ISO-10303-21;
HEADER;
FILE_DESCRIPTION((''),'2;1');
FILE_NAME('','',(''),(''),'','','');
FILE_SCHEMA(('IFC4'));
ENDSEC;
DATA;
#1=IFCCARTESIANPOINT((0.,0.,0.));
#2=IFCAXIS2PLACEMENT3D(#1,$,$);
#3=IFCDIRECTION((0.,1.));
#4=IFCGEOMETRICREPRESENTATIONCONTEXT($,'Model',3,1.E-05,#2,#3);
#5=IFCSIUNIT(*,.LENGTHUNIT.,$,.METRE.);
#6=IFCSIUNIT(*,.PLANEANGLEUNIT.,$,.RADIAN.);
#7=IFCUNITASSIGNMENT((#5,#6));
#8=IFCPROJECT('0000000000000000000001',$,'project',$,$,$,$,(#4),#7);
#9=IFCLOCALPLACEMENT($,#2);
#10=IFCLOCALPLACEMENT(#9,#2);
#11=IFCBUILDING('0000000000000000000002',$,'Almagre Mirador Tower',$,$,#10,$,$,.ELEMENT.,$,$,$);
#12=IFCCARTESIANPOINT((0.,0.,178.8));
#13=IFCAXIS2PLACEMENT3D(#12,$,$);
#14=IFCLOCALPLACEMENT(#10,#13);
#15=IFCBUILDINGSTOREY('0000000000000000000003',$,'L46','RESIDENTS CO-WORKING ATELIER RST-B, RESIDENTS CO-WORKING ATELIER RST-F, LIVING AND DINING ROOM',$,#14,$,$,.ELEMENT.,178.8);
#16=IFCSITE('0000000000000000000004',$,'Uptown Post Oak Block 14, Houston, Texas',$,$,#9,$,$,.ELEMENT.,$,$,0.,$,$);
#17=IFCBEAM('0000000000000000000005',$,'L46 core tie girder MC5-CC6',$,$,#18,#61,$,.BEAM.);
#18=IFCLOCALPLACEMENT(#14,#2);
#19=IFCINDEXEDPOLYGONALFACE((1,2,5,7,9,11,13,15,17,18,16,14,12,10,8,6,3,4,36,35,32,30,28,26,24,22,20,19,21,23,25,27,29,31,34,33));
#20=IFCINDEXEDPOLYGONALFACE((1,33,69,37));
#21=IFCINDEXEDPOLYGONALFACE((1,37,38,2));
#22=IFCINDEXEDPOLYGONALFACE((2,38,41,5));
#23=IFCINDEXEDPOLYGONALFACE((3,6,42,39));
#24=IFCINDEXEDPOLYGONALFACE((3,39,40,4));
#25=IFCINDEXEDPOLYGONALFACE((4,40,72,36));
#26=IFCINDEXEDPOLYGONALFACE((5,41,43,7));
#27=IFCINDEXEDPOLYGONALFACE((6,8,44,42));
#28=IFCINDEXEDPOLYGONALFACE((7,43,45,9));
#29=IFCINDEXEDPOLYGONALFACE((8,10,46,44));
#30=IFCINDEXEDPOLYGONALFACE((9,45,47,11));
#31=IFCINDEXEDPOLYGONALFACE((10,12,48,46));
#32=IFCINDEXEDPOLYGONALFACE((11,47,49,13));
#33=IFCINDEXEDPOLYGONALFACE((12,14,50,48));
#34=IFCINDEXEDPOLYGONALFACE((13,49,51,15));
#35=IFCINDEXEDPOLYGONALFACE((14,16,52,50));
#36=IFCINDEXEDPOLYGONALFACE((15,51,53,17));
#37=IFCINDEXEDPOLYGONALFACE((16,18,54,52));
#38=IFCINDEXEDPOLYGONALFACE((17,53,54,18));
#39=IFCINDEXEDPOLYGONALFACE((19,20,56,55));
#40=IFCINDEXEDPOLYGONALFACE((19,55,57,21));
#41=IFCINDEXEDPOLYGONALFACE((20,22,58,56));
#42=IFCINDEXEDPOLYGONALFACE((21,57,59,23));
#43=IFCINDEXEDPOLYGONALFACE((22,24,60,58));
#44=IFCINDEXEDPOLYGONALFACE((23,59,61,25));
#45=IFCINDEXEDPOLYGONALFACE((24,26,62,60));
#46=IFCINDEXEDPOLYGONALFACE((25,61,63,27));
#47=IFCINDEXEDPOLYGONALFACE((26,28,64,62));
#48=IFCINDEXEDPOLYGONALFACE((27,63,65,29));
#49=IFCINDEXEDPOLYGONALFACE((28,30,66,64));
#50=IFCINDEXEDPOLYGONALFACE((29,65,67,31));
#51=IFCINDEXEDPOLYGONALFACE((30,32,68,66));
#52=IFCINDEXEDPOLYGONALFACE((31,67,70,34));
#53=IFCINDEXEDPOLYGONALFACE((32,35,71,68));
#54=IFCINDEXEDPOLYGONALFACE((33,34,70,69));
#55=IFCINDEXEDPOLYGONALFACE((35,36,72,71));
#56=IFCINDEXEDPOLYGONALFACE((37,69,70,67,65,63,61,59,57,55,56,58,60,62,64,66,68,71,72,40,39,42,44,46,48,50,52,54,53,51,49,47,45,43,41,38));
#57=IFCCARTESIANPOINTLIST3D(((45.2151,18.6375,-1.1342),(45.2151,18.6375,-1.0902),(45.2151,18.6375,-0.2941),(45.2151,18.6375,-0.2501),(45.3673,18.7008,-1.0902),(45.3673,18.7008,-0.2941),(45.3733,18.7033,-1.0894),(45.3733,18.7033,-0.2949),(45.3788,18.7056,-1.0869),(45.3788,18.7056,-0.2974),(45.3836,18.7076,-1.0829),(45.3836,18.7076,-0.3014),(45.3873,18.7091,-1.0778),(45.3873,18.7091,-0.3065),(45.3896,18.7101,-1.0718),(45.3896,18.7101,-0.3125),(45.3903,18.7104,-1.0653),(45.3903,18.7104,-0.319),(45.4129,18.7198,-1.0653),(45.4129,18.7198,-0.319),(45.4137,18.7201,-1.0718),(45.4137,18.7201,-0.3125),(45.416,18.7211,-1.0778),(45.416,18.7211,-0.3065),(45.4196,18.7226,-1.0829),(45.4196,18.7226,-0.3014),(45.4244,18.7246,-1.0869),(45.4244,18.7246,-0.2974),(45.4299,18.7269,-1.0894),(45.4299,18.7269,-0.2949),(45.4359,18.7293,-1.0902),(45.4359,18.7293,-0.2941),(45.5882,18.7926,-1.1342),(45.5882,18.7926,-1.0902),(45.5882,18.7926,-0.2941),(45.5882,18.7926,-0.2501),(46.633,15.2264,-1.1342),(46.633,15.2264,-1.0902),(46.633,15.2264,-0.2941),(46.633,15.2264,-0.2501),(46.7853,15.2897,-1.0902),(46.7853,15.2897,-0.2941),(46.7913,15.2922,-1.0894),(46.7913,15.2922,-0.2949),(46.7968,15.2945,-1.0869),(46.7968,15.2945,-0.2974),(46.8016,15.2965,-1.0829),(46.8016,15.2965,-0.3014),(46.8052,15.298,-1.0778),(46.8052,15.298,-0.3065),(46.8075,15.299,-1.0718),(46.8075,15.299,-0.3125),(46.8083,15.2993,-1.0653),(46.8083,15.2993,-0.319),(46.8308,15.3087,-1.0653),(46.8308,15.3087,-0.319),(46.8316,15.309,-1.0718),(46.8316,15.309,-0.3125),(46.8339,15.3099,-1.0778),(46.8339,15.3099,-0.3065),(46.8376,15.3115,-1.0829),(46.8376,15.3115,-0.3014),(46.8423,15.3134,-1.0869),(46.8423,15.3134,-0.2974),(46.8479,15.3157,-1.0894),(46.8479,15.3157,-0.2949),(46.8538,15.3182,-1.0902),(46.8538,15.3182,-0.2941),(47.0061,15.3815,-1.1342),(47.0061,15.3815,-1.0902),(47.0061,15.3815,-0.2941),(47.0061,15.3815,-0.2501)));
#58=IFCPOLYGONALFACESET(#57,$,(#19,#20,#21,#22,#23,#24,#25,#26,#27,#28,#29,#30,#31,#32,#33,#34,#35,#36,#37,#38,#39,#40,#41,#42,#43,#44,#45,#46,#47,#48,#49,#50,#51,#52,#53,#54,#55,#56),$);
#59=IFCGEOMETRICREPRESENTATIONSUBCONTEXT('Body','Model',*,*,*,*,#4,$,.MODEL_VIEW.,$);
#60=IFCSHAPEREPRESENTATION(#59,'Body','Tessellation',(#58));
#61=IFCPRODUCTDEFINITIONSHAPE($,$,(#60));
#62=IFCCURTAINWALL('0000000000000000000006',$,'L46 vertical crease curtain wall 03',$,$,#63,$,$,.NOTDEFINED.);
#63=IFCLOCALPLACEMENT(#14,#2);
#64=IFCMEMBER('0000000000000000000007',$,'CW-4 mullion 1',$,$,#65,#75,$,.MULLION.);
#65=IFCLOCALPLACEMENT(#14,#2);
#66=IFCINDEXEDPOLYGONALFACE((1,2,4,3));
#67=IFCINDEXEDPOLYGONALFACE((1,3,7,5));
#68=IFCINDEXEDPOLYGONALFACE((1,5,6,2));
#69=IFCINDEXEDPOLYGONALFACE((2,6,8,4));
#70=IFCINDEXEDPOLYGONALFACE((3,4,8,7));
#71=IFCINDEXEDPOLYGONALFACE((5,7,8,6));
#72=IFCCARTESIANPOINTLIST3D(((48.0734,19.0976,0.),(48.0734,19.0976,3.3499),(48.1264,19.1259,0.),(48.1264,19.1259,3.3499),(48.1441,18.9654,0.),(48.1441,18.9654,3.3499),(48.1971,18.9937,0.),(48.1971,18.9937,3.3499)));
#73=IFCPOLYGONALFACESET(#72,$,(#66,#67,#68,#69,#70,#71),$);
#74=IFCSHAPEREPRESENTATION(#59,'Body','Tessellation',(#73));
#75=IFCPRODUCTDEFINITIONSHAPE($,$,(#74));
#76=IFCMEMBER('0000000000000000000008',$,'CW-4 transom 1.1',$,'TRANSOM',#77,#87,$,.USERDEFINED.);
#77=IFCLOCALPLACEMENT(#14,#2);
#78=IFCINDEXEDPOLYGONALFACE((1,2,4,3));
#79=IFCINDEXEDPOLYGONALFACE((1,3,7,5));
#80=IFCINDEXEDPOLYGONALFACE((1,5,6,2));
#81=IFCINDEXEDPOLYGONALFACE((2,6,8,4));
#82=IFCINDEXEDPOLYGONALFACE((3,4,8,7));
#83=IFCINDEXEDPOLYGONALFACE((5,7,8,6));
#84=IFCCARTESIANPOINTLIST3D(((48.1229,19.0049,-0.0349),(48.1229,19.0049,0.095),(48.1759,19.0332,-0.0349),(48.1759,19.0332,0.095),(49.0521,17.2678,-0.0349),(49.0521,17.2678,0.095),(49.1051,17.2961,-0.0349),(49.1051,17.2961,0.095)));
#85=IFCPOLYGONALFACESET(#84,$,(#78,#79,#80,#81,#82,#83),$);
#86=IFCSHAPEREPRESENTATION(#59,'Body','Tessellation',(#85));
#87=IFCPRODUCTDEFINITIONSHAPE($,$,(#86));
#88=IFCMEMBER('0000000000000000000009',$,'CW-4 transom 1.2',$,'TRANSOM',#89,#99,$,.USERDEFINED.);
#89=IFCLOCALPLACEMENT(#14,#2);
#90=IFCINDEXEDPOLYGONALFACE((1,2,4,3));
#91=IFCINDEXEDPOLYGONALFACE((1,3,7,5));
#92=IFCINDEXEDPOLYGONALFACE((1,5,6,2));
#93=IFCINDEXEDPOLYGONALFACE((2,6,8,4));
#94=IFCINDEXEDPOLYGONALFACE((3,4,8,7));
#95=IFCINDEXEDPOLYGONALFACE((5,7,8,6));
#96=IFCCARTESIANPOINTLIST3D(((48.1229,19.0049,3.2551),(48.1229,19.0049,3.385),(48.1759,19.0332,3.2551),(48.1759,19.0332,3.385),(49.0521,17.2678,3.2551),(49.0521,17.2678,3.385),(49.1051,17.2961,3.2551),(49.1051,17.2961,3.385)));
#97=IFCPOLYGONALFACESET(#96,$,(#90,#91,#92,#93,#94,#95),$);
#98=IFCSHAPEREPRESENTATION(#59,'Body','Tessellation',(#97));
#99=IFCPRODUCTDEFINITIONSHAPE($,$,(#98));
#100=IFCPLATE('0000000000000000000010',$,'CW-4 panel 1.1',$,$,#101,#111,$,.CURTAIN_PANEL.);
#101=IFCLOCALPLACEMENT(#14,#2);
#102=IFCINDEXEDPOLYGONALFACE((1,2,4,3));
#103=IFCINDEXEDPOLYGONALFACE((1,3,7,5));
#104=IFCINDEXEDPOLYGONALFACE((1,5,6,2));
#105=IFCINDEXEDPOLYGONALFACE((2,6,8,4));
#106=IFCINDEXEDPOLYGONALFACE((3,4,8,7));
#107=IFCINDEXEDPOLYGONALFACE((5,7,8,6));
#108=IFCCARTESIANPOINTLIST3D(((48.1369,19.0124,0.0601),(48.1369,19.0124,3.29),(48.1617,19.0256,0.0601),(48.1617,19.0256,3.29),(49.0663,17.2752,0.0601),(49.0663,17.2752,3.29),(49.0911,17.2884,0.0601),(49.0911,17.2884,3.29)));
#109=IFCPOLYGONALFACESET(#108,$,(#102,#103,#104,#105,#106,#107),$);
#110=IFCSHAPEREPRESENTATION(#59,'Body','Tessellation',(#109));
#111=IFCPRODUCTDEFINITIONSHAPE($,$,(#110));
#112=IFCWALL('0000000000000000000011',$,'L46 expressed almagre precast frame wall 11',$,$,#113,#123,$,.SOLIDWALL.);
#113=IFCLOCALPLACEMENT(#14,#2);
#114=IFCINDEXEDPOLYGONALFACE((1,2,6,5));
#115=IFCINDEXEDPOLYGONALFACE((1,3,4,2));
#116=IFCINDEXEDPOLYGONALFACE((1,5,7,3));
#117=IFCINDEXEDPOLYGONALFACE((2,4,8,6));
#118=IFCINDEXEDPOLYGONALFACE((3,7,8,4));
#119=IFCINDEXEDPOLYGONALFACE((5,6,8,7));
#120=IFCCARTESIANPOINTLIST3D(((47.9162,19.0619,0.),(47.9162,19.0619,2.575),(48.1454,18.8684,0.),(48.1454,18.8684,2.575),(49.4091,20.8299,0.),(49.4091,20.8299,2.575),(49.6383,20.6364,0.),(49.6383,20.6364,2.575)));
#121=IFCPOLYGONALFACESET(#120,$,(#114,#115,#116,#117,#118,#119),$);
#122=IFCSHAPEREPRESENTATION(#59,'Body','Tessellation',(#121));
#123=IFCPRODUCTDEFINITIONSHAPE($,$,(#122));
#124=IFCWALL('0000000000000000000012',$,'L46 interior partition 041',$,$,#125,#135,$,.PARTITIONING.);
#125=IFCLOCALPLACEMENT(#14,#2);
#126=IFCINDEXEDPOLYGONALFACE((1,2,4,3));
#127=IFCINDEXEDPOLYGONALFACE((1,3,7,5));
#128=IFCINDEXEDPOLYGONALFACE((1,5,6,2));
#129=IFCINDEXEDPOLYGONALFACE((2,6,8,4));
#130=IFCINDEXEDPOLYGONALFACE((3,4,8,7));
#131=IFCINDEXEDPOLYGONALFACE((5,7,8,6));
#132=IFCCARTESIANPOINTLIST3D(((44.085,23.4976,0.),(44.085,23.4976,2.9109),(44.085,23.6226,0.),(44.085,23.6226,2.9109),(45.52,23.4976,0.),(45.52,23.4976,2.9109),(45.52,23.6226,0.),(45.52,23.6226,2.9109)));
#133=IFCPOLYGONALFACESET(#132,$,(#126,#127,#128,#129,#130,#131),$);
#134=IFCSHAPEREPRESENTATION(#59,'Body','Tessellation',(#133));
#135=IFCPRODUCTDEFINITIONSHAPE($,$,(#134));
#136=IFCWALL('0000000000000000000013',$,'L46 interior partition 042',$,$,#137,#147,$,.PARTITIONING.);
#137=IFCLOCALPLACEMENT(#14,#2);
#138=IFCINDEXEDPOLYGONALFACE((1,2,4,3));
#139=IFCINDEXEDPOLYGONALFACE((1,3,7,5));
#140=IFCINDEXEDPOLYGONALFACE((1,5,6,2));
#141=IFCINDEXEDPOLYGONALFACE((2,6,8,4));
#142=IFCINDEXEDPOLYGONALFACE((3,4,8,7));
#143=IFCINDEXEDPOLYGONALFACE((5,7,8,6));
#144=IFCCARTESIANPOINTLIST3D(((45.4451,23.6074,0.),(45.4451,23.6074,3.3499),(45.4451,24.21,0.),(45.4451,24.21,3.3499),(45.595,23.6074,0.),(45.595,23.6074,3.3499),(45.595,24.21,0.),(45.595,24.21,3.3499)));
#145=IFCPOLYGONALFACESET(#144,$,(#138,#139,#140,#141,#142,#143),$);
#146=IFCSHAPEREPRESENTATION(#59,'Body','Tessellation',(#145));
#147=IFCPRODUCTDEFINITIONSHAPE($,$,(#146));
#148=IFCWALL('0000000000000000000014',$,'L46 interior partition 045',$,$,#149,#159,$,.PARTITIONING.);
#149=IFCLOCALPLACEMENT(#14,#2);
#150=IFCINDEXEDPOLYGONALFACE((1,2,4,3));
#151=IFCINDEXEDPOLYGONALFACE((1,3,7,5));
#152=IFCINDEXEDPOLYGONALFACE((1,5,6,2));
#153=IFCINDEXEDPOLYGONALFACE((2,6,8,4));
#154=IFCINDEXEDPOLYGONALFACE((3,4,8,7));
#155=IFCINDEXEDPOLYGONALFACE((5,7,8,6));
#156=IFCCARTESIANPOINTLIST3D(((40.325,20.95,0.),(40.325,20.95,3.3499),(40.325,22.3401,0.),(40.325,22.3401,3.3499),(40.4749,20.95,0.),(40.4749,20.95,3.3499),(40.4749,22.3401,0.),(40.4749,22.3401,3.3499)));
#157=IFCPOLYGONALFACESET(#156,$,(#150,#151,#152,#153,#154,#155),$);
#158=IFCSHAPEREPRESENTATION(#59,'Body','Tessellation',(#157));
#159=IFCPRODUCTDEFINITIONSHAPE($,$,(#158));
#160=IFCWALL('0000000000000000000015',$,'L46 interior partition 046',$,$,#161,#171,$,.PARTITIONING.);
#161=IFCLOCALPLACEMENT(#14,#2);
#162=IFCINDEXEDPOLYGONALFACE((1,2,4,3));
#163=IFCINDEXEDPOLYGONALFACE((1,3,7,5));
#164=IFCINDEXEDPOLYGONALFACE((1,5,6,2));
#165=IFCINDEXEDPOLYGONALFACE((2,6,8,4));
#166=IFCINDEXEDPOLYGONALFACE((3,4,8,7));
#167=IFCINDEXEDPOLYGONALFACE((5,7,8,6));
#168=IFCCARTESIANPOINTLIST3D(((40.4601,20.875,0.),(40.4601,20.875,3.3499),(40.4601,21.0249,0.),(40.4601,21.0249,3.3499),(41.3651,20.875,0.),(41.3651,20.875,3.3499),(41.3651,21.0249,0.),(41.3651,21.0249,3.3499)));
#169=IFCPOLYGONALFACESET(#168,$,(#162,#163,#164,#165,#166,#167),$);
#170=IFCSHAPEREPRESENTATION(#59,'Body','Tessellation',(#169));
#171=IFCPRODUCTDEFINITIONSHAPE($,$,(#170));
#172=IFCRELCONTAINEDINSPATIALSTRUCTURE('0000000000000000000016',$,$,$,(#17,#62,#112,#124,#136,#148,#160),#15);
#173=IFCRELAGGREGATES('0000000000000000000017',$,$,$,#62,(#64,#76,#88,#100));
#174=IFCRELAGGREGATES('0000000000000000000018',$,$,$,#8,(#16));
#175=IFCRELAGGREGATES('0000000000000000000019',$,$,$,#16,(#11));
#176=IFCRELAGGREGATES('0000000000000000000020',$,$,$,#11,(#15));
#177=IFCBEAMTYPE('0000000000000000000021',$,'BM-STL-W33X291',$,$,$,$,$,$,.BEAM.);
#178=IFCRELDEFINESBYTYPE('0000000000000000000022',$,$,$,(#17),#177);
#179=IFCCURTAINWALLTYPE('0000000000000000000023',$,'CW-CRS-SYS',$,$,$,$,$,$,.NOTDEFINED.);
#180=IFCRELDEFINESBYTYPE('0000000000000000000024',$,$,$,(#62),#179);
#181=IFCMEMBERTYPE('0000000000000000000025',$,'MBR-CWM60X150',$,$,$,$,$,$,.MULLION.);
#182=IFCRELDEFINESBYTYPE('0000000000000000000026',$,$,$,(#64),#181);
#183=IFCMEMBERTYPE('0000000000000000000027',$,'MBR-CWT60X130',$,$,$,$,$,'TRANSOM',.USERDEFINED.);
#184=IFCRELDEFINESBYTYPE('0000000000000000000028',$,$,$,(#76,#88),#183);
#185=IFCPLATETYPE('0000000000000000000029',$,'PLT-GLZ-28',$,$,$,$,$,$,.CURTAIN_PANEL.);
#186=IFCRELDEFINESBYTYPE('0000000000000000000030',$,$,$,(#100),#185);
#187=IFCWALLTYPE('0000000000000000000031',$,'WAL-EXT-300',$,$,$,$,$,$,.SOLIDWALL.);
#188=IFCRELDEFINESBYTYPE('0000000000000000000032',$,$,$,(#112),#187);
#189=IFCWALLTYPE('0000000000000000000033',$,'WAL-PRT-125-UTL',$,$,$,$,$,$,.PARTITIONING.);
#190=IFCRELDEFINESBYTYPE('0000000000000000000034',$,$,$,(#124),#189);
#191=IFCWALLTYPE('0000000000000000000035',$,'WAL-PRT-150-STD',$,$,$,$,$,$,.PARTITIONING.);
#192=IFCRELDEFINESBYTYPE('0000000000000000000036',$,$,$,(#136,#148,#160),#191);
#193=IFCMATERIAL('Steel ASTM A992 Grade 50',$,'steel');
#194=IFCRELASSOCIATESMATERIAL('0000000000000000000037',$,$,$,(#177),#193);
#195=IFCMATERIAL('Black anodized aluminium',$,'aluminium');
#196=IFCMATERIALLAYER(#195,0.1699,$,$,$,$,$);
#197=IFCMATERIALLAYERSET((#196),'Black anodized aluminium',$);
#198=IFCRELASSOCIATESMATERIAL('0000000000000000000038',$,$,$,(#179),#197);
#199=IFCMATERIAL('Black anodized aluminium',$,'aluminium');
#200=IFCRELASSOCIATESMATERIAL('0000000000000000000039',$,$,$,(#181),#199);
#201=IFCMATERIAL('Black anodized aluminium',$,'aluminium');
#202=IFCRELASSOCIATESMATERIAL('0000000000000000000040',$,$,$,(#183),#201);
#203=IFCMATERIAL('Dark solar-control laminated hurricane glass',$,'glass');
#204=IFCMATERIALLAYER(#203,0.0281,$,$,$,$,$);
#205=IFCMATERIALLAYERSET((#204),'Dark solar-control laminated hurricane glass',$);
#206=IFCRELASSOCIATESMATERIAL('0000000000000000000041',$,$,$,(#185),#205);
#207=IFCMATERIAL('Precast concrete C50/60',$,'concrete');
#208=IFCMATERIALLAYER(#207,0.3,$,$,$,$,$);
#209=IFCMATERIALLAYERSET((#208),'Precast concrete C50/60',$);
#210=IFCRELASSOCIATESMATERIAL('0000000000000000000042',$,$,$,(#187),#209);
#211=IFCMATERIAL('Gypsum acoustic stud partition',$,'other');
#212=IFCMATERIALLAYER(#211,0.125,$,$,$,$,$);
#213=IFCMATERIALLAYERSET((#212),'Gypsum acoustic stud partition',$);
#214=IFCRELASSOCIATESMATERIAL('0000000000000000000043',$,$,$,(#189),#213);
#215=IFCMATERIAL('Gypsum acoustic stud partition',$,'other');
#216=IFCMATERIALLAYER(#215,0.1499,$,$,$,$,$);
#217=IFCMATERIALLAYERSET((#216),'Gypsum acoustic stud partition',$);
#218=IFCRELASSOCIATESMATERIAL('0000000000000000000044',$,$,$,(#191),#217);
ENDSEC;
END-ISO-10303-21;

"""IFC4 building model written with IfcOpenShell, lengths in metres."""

from ifc_helpers import new_model, si_unit, direction, frame, frame_2d, origin, origin_2d, place, context, subcontext, project, spatial, rectangle, i_section, extrude, material, layer, layer_set, material_profile, profile_set, type_object, element, aggregate, save


model = new_model("IFC4")

# Units and contexts
model_context = context("Model", 3, precision=1e-05, world=origin(), true_north=direction((0.0, 1.0)))
body_context = subcontext(model_context, "Body", "Model", "MODEL_VIEW")
ifc_project = project(units=[si_unit("LENGTHUNIT", "METRE"), si_unit("PLANEANGLEUNIT", "RADIAN")], contexts=[model_context])

# Site, building, storey
site_placement = place(None, origin())
site = spatial("IfcSite", under=ifc_project, at=site_placement, Name="Uptown Post Oak Block 14, Houston, Texas", CompositionType="ELEMENT", RefElevation=0.0)
building_placement = place(site_placement, origin())
building = spatial("IfcBuilding", under=site, at=building_placement, Name="Almagre Mirador Tower", CompositionType="ELEMENT")
storey_placement = place(building_placement, frame((0.0, 0.0, 178.8)))
storey = spatial("IfcBuildingStorey", under=building, at=storey_placement, Name="L46", Description="RESIDENTS CO-WORKING ATELIER RST-B, RESIDENTS CO-WORKING ATELIER RST-F, LIVING AND DINING ROOM", CompositionType="ELEMENT", Elevation=178.8)

# Beam
ifc_material_1 = material(Name="Steel ASTM A992 Grade 50", Category="steel")
ifc_material_profile_1 = material_profile(ifc_material_1, i_section(OverallWidth=0.4041, OverallDepth=0.884, WebThickness=0.0244, FlangeThickness=0.0439, FilletRadius=0.0249, at=origin_2d()), Name="W33X291")
ifc_profile_set_1 = profile_set([ifc_material_profile_1], Name="Steel ASTM A992 Grade 50")
beam_type_1 = type_object("IfcBeamType", Name="BM-STL-W33X291", PredefinedType="BEAM", material=ifc_profile_set_1)
beam_1_placement = place(storey_placement, frame((45.4016, 18.7151, -0.6921), z_axis=(0.383846, -0.923397, 0.0), x_axis=(0.923397, 0.383846, 0.0)))
element("IfcBeam", 1, at=beam_1_placement, inside=storey, type_object=beam_type_1, Name="L46 core tie girder MC5-CC6", PredefinedType="BEAM", context=body_context, shape_type="SweptSolid", body=[
    extrude(i_section(OverallWidth=0.4041, OverallDepth=0.884, WebThickness=0.0244, FlangeThickness=0.0439, FilletRadius=0.0249, at=origin_2d()), origin(), (0.0, 0.0, 1.0), 3.6941),
])

# Curtain wall, members, plate
ifc_material_2 = material(Name="Black anodized aluminium", Category="aluminium")
ifc_layer_1 = layer(ifc_material_2, 0.1699)
ifc_layer_set_1 = layer_set([ifc_layer_1], Name="Black anodized aluminium")
curtain_wall_type = type_object("IfcCurtainWallType", Name="CW-CRS-SYS", PredefinedType="NOTDEFINED", material=ifc_layer_set_1)
curtain_wall_placement = place(storey_placement, origin())
curtain_wall = element("IfcCurtainWall", 2, at=curtain_wall_placement, inside=storey, type_object=curtain_wall_type, Name="L46 vertical crease curtain wall 03", PredefinedType="NOTDEFINED")
ifc_material_3 = material(Name="Black anodized aluminium", Category="aluminium")
ifc_material_profile_2 = material_profile(ifc_material_3, rectangle(XDim=0.0601, YDim=0.1499, at=origin_2d()), Name="CWM60X150")
ifc_profile_set_2 = profile_set([ifc_material_profile_2], Name="Black anodized aluminium")
member_type_1 = type_object("IfcMemberType", Name="MBR-CWM60X150", PredefinedType="MULLION", material=ifc_profile_set_2)
member_1_placement = place(storey_placement, frame((48.1353, 19.0457, 0.0), z_axis=(0.0, 0.0, 1.0), x_axis=(0.881743, 0.47173, 0.0)))
member_1 = element("IfcMember", 3, at=member_1_placement, type_object=member_type_1, Name="CW-4 mullion 1", PredefinedType="MULLION", context=body_context, shape_type="SweptSolid", body=[
    extrude(rectangle(XDim=0.0601, YDim=0.1499, at=origin_2d()), origin(), (0.0, 0.0, 1.0), 3.3499),
])
ifc_material_4 = material(Name="Black anodized aluminium", Category="aluminium")
ifc_material_profile_3 = material_profile(ifc_material_4, rectangle(XDim=0.0601, YDim=0.1299, at=origin_2d()), Name="CWT60X130")
ifc_profile_set_3 = profile_set([ifc_material_profile_3], Name="Black anodized aluminium")
member_type_2 = type_object("IfcMemberType", Name="MBR-CWT60X130", ElementType="TRANSOM", PredefinedType="USERDEFINED", material=ifc_profile_set_3)
member_2_placement = place(storey_placement, frame((48.1494, 19.019, 0.03), z_axis=(0.471681, -0.881769, 0.0), x_axis=(0.881769, 0.471681, 0.0)))
member_2 = element("IfcMember", 4, at=member_2_placement, type_object=member_type_2, Name="CW-4 transom 1.1", ObjectType="TRANSOM", PredefinedType="USERDEFINED", context=body_context, shape_type="SweptSolid", body=[
    extrude(rectangle(XDim=0.0601, YDim=0.1299, at=origin_2d()), origin(), (0.0, 0.0, 1.0), 1.97),
])
member_3_placement = place(storey_placement, frame((48.1494, 19.019, 3.3201), z_axis=(0.471681, -0.881769, 0.0), x_axis=(0.881769, 0.471681, 0.0)))
member_3 = element("IfcMember", 5, at=member_3_placement, type_object=member_type_2, Name="CW-4 transom 1.2", ObjectType="TRANSOM", PredefinedType="USERDEFINED", context=body_context, shape_type="SweptSolid", body=[
    extrude(rectangle(XDim=0.0601, YDim=0.1299, at=origin_2d()), origin(), (0.0, 0.0, 1.0), 1.97),
])
ifc_material_5 = material(Name="Dark solar-control laminated hurricane glass", Category="glass")
ifc_layer_2 = layer(ifc_material_5, 0.0281)
ifc_layer_set_2 = layer_set([ifc_layer_2], Name="Dark solar-control laminated hurricane glass")
plate_type = type_object("IfcPlateType", Name="PLT-GLZ-28", PredefinedType="CURTAIN_PANEL", material=ifc_layer_set_2)
plate_placement = place(storey_placement, frame((48.614, 18.1504, 0.0601), z_axis=(0.0, 0.0, 1.0), x_axis=(0.47173, -0.881743, 0.0)))
plate = element("IfcPlate", 6, at=plate_placement, type_object=plate_type, Name="CW-4 panel 1.1", PredefinedType="CURTAIN_PANEL", context=body_context, shape_type="SweptSolid", body=[
    extrude(rectangle(XDim=1.9702, YDim=0.0281, at=origin_2d()), origin(), (0.0, 0.0, 1.0), 3.23),
])
aggregate(curtain_wall, [member_1, member_2, member_3, plate])

# Walls
ifc_material_6 = material(Name="Precast concrete C50/60", Category="concrete")
ifc_layer_3 = layer(ifc_material_6, 0.3)
ifc_layer_set_3 = layer_set([ifc_layer_3], Name="Precast concrete C50/60")
wall_type_1 = type_object("IfcWallType", Name="WAL-EXT-300", PredefinedType="SOLIDWALL", material=ifc_layer_set_3)
wall_1_placement = place(storey_placement, frame((49.5237, 20.7332, 0.0), z_axis=(0.0, 0.0, 1.0), x_axis=(-0.645152, -0.764054, 0.0)))
element("IfcWall", 7, at=wall_1_placement, inside=storey, type_object=wall_type_1, Name="L46 expressed almagre precast frame wall 11", PredefinedType="SOLIDWALL", context=body_context, shape_type="SweptSolid", body=[
    extrude(rectangle(XDim=2.314, YDim=0.3, at=frame_2d((1.157, 0.0))), origin(), (0.0, 0.0, 1.0), 2.575),
])
ifc_material_7 = material(Name="Gypsum acoustic stud partition", Category="other")
ifc_layer_4 = layer(ifc_material_7, 0.125)
ifc_layer_set_4 = layer_set([ifc_layer_4], Name="Gypsum acoustic stud partition")
wall_type_2 = type_object("IfcWallType", Name="WAL-PRT-125-UTL", PredefinedType="PARTITIONING", material=ifc_layer_set_4)
wall_2_placement = place(storey_placement, frame((45.52, 23.5601, 0.0), z_axis=(0.0, 0.0, 1.0), x_axis=(-1.0, 0.0, 0.0)))
element("IfcWall", 8, at=wall_2_placement, inside=storey, type_object=wall_type_2, Name="L46 interior partition 041", PredefinedType="PARTITIONING", context=body_context, shape_type="SweptSolid", body=[
    extrude(rectangle(XDim=1.4351, YDim=0.125, at=frame_2d((0.7175, 0.0))), origin(), (0.0, 0.0, 1.0), 2.9109),
])
ifc_material_8 = material(Name="Gypsum acoustic stud partition", Category="other")
ifc_layer_5 = layer(ifc_material_8, 0.1499)
ifc_layer_set_5 = layer_set([ifc_layer_5], Name="Gypsum acoustic stud partition")
wall_type_3 = type_object("IfcWallType", Name="WAL-PRT-150-STD", PredefinedType="PARTITIONING", material=ifc_layer_set_5)
wall_3_placement = place(storey_placement, frame((45.52, 24.21, 0.0), z_axis=(0.0, 0.0, 1.0), x_axis=(0.0, -1.0, 0.0)))
element("IfcWall", 9, at=wall_3_placement, inside=storey, type_object=wall_type_3, Name="L46 interior partition 042", PredefinedType="PARTITIONING", context=body_context, shape_type="SweptSolid", body=[
    extrude(rectangle(XDim=0.6025, YDim=0.1499, at=frame_2d((0.3013, 0.0))), origin(), (0.0, 0.0, 1.0), 3.3499),
])
wall_4_placement = place(storey_placement, frame((40.3999, 22.3401, 0.0), z_axis=(0.0, 0.0, 1.0), x_axis=(0.0, -1.0, 0.0)))
element("IfcWall", 10, at=wall_4_placement, inside=storey, type_object=wall_type_3, Name="L46 interior partition 045", PredefinedType="PARTITIONING", context=body_context, shape_type="SweptSolid", body=[
    extrude(rectangle(XDim=1.3901, YDim=0.1499, at=frame_2d((0.6951, 0.0))), origin(), (0.0, 0.0, 1.0), 3.3499),
])
wall_5_placement = place(storey_placement, frame((40.46, 20.95, 0.0), z_axis=(0.0, 0.0, 1.0), x_axis=(1.0, 0.0, 0.0)))
element("IfcWall", 11, at=wall_5_placement, inside=storey, type_object=wall_type_3, Name="L46 interior partition 046", PredefinedType="PARTITIONING", context=body_context, shape_type="SweptSolid", body=[
    extrude(rectangle(XDim=0.905, YDim=0.1499, at=frame_2d((0.4526, 0.0))), origin(), (0.0, 0.0, 1.0), 3.3499),
])

save(model, "model.ifc")
